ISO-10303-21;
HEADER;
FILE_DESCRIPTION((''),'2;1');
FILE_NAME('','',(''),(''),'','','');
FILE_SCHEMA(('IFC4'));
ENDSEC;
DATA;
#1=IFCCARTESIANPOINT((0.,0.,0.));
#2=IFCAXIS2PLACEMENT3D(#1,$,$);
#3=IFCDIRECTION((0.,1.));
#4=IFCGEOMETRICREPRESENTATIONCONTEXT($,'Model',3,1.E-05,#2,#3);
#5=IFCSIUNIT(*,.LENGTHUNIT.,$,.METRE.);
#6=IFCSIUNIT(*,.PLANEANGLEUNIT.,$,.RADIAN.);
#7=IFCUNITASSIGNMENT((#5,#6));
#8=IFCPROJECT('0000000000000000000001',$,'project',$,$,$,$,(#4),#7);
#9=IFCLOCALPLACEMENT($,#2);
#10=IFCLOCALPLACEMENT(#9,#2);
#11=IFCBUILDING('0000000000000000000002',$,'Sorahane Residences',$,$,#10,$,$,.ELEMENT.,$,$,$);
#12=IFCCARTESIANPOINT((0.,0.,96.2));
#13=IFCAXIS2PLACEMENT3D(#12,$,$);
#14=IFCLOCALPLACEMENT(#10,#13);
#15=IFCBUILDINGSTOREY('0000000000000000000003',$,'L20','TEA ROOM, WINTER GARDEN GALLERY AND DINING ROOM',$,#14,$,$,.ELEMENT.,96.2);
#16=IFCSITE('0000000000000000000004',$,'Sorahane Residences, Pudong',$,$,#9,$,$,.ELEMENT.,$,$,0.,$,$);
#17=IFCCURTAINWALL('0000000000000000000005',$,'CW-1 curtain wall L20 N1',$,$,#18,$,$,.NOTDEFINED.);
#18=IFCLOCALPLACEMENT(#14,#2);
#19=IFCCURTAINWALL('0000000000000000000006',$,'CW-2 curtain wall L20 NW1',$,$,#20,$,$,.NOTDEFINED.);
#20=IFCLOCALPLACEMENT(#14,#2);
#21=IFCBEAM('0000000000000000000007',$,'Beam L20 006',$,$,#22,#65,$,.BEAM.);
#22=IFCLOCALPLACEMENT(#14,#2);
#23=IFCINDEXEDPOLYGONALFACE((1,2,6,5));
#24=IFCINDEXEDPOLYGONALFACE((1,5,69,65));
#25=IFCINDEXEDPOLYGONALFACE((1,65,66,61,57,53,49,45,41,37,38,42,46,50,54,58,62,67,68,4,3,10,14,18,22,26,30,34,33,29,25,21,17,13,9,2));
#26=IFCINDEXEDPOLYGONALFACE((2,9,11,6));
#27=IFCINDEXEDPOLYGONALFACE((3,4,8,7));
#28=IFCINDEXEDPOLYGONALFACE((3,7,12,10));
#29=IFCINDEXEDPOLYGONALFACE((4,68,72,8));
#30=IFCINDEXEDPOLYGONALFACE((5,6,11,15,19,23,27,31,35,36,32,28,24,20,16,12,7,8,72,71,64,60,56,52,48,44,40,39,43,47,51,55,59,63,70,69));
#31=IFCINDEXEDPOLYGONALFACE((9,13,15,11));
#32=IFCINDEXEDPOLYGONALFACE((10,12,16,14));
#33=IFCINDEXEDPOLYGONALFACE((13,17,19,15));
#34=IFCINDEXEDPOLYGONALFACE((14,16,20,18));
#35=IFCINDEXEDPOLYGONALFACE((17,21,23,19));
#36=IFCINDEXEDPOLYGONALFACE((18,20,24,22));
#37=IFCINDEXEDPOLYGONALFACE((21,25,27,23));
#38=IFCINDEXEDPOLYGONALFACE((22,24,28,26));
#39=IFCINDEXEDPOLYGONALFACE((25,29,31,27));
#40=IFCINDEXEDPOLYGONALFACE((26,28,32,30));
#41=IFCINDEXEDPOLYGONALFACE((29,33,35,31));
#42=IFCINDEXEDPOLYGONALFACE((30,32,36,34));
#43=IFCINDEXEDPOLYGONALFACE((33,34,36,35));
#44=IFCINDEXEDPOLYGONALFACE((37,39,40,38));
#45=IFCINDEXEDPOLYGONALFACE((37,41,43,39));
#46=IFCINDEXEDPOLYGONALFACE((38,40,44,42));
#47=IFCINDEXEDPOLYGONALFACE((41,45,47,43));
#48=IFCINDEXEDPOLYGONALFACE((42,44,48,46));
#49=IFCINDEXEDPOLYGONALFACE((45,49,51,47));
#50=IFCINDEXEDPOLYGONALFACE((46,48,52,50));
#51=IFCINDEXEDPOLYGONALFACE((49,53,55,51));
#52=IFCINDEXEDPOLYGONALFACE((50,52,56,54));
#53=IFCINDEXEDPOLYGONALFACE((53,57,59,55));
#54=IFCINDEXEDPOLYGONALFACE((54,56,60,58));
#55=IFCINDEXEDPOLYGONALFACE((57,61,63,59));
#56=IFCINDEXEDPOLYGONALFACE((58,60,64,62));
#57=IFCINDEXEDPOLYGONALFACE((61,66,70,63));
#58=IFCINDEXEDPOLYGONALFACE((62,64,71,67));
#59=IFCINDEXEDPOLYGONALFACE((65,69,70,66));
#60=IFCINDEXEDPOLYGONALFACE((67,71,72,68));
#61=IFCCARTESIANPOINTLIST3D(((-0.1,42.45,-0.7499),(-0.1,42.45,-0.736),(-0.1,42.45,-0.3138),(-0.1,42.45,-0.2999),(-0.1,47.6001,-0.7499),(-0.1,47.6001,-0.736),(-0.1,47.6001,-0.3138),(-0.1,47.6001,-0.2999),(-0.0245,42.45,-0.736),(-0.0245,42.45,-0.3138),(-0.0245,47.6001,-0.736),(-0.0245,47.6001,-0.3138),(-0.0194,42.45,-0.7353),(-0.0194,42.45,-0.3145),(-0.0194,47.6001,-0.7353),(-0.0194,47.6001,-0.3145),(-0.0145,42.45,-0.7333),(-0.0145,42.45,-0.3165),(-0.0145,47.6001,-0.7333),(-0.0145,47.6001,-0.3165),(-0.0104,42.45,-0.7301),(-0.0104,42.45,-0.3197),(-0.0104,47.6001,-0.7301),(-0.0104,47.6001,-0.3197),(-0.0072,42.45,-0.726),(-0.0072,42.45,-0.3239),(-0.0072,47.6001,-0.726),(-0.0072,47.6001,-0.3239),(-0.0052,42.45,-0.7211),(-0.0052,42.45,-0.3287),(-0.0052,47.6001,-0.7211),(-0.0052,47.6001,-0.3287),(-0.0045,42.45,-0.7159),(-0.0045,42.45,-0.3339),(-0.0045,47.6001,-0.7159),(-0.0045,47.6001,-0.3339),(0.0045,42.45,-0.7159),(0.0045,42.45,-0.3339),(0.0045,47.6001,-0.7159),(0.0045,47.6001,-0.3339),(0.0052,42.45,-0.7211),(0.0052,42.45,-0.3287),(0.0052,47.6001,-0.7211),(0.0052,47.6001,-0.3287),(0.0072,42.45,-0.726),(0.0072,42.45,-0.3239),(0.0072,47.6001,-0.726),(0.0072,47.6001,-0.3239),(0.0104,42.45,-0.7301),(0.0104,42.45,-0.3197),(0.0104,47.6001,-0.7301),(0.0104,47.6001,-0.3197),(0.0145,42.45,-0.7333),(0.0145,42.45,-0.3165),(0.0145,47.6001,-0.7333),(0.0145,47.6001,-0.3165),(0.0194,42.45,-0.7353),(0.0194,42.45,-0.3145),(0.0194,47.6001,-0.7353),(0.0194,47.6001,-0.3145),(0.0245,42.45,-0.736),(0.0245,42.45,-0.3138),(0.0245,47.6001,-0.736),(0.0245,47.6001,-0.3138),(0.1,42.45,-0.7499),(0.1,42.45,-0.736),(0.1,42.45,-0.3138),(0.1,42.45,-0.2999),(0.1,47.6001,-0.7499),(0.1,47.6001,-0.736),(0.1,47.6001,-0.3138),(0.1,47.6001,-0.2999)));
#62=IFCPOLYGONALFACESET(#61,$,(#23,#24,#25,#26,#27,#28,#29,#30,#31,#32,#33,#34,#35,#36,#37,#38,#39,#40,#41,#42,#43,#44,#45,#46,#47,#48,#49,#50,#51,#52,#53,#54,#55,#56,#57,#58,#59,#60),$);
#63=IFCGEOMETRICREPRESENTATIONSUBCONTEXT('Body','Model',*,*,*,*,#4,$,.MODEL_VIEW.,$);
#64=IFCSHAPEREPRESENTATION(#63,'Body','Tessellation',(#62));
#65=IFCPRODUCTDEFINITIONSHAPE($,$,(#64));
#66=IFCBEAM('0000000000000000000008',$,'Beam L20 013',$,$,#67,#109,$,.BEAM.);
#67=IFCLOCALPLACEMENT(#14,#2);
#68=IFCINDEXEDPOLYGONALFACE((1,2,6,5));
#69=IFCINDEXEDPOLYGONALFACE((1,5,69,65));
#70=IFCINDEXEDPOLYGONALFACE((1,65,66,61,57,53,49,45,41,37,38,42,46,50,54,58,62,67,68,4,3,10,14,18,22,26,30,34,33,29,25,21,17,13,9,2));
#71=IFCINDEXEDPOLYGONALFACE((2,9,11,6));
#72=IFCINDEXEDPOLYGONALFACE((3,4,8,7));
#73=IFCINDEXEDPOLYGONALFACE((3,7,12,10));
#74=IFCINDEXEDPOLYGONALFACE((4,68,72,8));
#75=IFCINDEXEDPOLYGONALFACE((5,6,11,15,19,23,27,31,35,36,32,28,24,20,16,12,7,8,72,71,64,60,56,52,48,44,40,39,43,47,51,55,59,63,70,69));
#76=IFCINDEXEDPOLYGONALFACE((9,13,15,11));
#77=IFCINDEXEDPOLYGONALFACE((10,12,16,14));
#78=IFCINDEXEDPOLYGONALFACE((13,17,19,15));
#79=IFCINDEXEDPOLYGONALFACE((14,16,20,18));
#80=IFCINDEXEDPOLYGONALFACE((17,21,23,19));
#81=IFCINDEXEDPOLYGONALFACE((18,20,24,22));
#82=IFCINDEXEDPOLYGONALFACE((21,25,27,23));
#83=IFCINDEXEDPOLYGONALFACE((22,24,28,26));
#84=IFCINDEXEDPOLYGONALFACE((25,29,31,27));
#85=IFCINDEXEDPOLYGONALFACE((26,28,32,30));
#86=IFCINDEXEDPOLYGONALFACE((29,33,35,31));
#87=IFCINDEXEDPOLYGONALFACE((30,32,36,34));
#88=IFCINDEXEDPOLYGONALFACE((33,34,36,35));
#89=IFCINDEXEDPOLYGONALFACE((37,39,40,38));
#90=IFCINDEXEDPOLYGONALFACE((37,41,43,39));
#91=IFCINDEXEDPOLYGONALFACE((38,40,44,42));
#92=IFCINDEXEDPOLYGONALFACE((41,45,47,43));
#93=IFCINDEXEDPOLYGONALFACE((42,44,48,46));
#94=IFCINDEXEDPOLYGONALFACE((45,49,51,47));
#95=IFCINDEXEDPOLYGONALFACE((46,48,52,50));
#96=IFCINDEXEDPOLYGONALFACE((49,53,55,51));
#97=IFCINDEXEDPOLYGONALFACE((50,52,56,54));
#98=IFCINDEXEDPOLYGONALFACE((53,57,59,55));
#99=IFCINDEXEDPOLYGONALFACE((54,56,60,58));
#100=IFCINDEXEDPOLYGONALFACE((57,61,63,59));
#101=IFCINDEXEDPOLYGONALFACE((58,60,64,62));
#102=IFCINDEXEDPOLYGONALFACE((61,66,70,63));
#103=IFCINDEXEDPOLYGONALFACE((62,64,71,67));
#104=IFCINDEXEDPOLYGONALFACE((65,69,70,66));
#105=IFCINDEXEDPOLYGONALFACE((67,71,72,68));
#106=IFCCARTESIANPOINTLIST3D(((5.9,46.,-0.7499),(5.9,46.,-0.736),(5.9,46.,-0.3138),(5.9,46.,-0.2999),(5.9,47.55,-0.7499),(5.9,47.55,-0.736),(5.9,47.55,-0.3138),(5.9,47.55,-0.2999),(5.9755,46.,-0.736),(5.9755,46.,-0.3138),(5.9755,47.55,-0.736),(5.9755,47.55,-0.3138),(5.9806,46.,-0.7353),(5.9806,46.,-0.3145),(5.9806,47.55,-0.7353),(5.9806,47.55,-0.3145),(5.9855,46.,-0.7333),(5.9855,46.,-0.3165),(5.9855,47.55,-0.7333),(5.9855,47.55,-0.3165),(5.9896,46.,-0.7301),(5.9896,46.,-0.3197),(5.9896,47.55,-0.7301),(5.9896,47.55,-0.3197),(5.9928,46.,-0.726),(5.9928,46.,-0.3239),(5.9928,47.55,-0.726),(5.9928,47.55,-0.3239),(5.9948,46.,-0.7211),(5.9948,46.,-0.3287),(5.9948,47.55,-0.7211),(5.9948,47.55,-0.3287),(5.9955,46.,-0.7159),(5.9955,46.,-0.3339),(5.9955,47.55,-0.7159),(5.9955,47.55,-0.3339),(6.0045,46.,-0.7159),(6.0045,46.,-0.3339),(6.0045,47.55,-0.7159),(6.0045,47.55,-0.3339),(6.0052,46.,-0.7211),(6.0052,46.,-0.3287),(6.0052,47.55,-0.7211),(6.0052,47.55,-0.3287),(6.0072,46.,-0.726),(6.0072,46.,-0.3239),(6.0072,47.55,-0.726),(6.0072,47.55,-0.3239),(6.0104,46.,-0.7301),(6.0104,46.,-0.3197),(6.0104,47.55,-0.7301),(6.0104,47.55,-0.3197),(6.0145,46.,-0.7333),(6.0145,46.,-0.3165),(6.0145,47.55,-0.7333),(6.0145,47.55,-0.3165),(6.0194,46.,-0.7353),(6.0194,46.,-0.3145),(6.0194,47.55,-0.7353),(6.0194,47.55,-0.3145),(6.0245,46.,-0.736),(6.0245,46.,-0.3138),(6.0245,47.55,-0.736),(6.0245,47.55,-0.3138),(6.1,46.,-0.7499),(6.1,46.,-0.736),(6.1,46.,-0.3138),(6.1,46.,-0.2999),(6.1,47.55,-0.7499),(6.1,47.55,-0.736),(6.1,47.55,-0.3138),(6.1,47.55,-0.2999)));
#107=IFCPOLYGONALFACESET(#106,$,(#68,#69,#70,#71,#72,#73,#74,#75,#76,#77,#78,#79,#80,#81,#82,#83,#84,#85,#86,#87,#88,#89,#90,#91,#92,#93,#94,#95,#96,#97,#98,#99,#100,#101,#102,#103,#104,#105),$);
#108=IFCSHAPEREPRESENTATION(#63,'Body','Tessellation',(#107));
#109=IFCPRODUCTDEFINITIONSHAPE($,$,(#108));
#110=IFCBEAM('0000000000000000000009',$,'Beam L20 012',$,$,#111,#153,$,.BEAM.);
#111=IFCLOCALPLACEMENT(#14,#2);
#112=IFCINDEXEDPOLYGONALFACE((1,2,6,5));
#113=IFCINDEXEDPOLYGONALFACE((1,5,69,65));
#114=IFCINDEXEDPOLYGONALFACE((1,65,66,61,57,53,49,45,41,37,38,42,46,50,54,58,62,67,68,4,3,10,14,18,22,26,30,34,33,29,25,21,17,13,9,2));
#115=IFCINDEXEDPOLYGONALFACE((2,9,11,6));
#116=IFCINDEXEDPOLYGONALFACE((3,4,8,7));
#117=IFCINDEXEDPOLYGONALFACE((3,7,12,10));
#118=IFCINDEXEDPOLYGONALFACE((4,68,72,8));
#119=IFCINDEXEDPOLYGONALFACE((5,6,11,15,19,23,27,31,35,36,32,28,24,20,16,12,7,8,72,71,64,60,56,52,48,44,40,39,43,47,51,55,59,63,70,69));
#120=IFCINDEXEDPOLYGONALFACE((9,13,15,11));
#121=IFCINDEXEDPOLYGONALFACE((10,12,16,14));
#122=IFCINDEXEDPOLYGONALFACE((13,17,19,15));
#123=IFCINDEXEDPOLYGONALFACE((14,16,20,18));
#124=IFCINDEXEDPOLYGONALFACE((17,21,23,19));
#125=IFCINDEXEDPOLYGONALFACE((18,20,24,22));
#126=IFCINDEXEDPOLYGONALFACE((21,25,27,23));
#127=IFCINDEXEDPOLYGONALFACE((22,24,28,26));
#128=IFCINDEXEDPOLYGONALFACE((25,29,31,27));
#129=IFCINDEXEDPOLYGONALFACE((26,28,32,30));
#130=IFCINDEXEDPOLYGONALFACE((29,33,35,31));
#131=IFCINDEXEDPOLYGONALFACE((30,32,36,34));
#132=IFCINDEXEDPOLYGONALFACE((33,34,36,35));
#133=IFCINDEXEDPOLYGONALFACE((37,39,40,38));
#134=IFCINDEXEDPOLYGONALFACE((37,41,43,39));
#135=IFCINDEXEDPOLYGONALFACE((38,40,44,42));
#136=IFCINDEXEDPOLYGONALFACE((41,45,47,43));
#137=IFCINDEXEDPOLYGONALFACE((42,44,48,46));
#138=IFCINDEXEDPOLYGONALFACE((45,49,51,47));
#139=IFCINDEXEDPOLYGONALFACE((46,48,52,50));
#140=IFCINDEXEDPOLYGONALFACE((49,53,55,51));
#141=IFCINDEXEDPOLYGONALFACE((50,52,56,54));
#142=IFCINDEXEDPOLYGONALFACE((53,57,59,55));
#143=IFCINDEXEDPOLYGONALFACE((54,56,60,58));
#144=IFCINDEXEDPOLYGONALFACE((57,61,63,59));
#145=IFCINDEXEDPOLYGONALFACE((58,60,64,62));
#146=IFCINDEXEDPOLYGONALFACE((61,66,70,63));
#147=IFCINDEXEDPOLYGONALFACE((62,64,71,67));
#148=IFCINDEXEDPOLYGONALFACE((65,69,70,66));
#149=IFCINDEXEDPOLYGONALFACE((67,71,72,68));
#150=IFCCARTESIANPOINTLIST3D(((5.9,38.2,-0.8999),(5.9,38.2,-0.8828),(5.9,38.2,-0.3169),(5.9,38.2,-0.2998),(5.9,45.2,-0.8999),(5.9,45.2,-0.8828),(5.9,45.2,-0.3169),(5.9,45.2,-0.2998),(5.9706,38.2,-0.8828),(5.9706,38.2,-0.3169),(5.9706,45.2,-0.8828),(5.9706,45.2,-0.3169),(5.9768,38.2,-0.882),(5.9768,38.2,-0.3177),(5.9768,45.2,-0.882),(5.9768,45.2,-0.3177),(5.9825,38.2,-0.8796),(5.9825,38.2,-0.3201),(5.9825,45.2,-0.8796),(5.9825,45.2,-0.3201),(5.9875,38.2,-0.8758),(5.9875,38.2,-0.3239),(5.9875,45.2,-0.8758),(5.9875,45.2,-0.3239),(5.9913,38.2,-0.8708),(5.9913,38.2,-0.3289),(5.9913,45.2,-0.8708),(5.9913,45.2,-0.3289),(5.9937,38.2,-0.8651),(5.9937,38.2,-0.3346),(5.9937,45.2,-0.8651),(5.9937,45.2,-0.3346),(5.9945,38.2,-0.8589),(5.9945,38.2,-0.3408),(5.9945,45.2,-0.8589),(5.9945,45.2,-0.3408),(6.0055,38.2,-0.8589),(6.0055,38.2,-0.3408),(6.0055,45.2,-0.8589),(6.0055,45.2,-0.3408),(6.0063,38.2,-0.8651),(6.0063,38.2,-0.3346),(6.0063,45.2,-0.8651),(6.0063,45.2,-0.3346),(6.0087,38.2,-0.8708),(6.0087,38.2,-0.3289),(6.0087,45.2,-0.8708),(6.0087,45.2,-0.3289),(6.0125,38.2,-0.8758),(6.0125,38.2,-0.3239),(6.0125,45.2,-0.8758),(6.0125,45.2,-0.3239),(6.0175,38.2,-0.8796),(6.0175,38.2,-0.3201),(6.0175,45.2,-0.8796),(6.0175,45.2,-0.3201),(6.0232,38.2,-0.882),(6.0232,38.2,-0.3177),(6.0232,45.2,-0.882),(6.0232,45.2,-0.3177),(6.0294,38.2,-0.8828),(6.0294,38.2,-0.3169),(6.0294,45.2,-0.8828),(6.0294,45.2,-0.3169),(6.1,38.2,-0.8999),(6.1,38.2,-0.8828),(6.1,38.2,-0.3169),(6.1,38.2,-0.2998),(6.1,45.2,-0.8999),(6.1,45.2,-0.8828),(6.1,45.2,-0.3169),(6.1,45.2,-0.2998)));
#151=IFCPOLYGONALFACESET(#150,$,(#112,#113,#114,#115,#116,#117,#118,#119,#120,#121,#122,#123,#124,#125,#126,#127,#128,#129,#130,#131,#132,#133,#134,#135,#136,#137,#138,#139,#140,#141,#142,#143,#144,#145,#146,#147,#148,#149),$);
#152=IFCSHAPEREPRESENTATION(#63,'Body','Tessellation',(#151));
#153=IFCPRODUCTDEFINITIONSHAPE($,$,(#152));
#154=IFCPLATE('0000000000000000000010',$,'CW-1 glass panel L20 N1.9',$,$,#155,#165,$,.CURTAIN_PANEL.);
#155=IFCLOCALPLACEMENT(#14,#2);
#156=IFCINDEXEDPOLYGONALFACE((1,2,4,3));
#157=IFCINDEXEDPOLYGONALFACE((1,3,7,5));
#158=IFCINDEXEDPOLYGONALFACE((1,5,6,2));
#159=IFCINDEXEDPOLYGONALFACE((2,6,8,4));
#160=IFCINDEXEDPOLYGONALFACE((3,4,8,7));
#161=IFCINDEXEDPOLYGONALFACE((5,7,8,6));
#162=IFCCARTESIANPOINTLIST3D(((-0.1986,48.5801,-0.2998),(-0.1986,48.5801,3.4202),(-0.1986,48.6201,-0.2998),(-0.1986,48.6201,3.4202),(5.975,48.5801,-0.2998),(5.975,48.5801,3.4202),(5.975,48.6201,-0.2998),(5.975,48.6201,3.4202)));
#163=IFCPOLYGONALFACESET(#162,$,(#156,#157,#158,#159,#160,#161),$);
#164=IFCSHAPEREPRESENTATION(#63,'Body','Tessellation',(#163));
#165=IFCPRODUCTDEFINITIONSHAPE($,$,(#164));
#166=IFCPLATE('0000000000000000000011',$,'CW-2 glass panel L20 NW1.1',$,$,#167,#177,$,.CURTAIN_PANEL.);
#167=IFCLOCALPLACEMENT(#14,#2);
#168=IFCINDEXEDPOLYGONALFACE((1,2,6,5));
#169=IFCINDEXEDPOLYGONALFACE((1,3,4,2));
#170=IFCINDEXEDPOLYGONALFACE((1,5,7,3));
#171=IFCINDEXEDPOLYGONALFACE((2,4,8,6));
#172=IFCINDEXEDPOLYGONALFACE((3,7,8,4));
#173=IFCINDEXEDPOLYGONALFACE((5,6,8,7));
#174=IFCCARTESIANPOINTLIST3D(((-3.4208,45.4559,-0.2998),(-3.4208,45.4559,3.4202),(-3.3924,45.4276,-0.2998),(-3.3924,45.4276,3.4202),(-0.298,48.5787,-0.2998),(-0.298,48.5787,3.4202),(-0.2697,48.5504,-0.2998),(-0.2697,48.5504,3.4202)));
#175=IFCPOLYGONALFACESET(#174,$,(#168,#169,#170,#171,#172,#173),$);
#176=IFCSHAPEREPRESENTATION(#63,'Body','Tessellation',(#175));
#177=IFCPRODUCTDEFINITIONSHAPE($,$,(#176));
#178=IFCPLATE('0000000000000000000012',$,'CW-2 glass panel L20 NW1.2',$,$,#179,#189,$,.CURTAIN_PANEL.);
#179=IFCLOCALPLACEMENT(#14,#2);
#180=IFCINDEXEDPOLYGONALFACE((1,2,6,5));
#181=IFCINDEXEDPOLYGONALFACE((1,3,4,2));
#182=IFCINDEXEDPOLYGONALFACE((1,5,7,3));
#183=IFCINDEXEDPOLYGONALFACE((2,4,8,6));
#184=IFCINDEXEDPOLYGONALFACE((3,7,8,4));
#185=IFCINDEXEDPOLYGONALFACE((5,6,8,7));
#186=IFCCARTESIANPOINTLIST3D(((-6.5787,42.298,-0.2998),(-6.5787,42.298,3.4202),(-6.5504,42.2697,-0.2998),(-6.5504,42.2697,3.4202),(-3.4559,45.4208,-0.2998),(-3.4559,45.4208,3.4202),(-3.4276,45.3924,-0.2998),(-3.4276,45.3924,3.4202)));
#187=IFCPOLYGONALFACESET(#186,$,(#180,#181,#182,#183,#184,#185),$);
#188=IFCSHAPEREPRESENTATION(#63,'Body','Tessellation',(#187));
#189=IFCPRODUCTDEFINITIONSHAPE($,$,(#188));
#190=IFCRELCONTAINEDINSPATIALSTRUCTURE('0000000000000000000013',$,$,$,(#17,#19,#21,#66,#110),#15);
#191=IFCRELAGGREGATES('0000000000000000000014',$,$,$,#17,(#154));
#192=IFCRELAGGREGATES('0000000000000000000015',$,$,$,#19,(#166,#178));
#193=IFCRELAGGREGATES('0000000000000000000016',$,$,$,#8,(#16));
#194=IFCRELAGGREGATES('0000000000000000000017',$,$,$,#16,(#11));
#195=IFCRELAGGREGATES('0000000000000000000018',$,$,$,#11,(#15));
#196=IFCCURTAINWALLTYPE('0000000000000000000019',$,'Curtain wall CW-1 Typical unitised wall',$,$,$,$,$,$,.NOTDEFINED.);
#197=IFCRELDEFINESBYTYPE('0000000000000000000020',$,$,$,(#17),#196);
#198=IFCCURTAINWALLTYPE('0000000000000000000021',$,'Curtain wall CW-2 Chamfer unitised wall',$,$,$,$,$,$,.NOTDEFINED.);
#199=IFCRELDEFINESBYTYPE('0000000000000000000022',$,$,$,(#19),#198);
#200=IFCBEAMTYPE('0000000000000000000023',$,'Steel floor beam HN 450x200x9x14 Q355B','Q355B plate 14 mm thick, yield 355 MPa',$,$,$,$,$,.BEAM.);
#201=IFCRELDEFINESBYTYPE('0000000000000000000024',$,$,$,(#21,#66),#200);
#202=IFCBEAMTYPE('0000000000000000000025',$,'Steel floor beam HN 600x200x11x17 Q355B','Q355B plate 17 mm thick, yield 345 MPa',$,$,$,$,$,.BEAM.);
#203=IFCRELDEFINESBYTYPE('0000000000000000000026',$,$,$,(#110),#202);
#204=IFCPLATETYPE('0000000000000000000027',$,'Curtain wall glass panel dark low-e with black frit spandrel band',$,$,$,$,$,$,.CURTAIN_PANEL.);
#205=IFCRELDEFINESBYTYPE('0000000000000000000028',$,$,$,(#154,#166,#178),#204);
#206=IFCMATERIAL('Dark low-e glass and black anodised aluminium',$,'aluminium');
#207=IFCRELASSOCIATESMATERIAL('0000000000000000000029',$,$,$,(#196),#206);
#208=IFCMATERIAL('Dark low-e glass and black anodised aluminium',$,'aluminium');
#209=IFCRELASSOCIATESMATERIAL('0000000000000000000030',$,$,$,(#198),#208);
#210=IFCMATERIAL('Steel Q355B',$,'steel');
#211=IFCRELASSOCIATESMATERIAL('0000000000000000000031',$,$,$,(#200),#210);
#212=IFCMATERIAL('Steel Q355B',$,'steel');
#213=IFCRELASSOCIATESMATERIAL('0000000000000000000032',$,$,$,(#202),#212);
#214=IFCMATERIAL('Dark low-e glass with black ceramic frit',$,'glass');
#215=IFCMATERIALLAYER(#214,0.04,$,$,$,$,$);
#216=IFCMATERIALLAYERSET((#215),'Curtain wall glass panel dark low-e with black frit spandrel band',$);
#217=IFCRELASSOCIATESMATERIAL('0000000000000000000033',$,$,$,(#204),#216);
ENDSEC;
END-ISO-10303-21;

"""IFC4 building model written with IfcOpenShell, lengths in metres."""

from ifc_helpers import new_model, si_unit, direction, frame, origin, origin_2d, place, context, subcontext, project, spatial, rectangle, i_section, extrude, material, layer, layer_set, material_profile, profile_set, type_object, element, aggregate, save


model = new_model("IFC4")

# Units and contexts
model_context = context("Model", 3, precision=1e-05, world=origin(), true_north=direction((0.0, 1.0)))
body_context = subcontext(model_context, "Body", "Model", "MODEL_VIEW")
ifc_project = project(units=[si_unit("LENGTHUNIT", "METRE"), si_unit("PLANEANGLEUNIT", "RADIAN")], contexts=[model_context])

# Site, building, storey
site_placement = place(None, origin())
site = spatial("IfcSite", under=ifc_project, at=site_placement, Name="Sorahane Residences, Pudong", CompositionType="ELEMENT", RefElevation=0.0)
building_placement = place(site_placement, origin())
building = spatial("IfcBuilding", under=site, at=building_placement, Name="Sorahane Residences", CompositionType="ELEMENT")
storey_placement = place(building_placement, frame((0.0, 0.0, 96.2)))
storey = spatial("IfcBuildingStorey", under=building, at=storey_placement, Name="L20", Description="TEA ROOM, WINTER GARDEN GALLERY AND DINING ROOM", CompositionType="ELEMENT", Elevation=96.2)

# Curtain walls
ifc_material_1 = material(Name="Dark low-e glass and black anodised aluminium", Category="aluminium")
curtain_wall_type_1 = type_object("IfcCurtainWallType", Name="Curtain wall CW-1 Typical unitised wall", PredefinedType="NOTDEFINED", material=ifc_material_1)
curtain_wall_1_placement = place(storey_placement, origin())
curtain_wall_1 = element("IfcCurtainWall", 1, at=curtain_wall_1_placement, inside=storey, type_object=curtain_wall_type_1, Name="CW-1 curtain wall L20 N1", PredefinedType="NOTDEFINED")
ifc_material_2 = material(Name="Dark low-e glass and black anodised aluminium", Category="aluminium")
curtain_wall_type_2 = type_object("IfcCurtainWallType", Name="Curtain wall CW-2 Chamfer unitised wall", PredefinedType="NOTDEFINED", material=ifc_material_2)
curtain_wall_2_placement = place(storey_placement, origin())
curtain_wall_2 = element("IfcCurtainWall", 2, at=curtain_wall_2_placement, inside=storey, type_object=curtain_wall_type_2, Name="CW-2 curtain wall L20 NW1", PredefinedType="NOTDEFINED")

# Beams
ifc_material_3 = material(Name="Steel Q355B", Category="steel")
ifc_material_profile_1 = material_profile(ifc_material_3, i_section(OverallWidth=0.2, OverallDepth=0.45, WebThickness=0.009, FlangeThickness=0.0139, FilletRadius=0.02, at=origin_2d()), Name="HN 450x200x9x14")
ifc_profile_set_1 = profile_set([ifc_material_profile_1], Name="Steel Q355B")
beam_type_1 = type_object("IfcBeamType", Name="Steel floor beam HN 450x200x9x14 Q355B", Description="Q355B plate 14 mm thick, yield 355 MPa", PredefinedType="BEAM", material=ifc_profile_set_1)
beam_1_placement = place(storey_placement, frame((0.0, 42.45, -0.5249), z_axis=(0.0, 1.0, 0.0), x_axis=(-1.0, 0.0, 0.0)))
element("IfcBeam", 3, at=beam_1_placement, inside=storey, type_object=beam_type_1, Name="Beam L20 006", PredefinedType="BEAM", context=body_context, shape_type="SweptSolid", body=[
    extrude(i_section(OverallWidth=0.2, OverallDepth=0.45, WebThickness=0.009, FlangeThickness=0.0139, FilletRadius=0.02, at=origin_2d()), origin(), (0.0, 0.0, 1.0), 5.1501),
])
beam_2_placement = place(storey_placement, frame((6.0, 46.0, -0.5249), z_axis=(0.0, 1.0, 0.0), x_axis=(-1.0, 0.0, 0.0)))
element("IfcBeam", 4, at=beam_2_placement, inside=storey, type_object=beam_type_1, Name="Beam L20 013", PredefinedType="BEAM", context=body_context, shape_type="SweptSolid", body=[
    extrude(i_section(OverallWidth=0.2, OverallDepth=0.45, WebThickness=0.009, FlangeThickness=0.0139, FilletRadius=0.02, at=origin_2d()), origin(), (0.0, 0.0, 1.0), 1.55),
])
ifc_material_4 = material(Name="Steel Q355B", Category="steel")
ifc_material_profile_2 = material_profile(ifc_material_4, i_section(OverallWidth=0.2, OverallDepth=0.6001, WebThickness=0.011, FlangeThickness=0.0171, FilletRadius=0.0239, at=origin_2d()), Name="HN 600x200x11x17")
ifc_profile_set_2 = profile_set([ifc_material_profile_2], Name="Steel Q355B")
beam_type_2 = type_object("IfcBeamType", Name="Steel floor beam HN 600x200x11x17 Q355B", Description="Q355B plate 17 mm thick, yield 345 MPa", PredefinedType="BEAM", material=ifc_profile_set_2)
beam_3_placement = place(storey_placement, frame((6.0, 38.2, -0.5999), z_axis=(0.0, 1.0, 0.0), x_axis=(-1.0, 0.0, 0.0)))
element("IfcBeam", 5, at=beam_3_placement, inside=storey, type_object=beam_type_2, Name="Beam L20 012", PredefinedType="BEAM", context=body_context, shape_type="SweptSolid", body=[
    extrude(i_section(OverallWidth=0.2, OverallDepth=0.6001, WebThickness=0.011, FlangeThickness=0.0171, FilletRadius=0.0239, at=origin_2d()), origin(), (0.0, 0.0, 1.0), 7.0),
])

# Plates
ifc_material_5 = material(Name="Dark low-e glass with black ceramic frit", Category="glass")
ifc_layer_1 = layer(ifc_material_5, 0.04)
ifc_layer_set_1 = layer_set([ifc_layer_1], Name="Curtain wall glass panel dark low-e with black frit spandrel band")
plate_type = type_object("IfcPlateType", Name="Curtain wall glass panel dark low-e with black frit spandrel band", PredefinedType="CURTAIN_PANEL", material=ifc_layer_set_1)
plate_1_placement = place(storey_placement, frame((2.8882, 48.6001, -0.2998), z_axis=(0.0, 0.0, 1.0), x_axis=(-1.0, 0.0, 0.0)))
plate_1 = element("IfcPlate", 6, at=plate_1_placement, type_object=plate_type, Name="CW-1 glass panel L20 N1.9", PredefinedType="CURTAIN_PANEL", context=body_context, shape_type="SweptSolid", body=[
    extrude(rectangle(XDim=6.1736, YDim=0.04, at=origin_2d()), origin(), (0.0, 0.0, 1.0), 3.72),
])
aggregate(curtain_wall_1, [plate_1])
plate_2_placement = place(storey_placement, frame((-1.8452, 47.0032, -0.2998), z_axis=(0.0, 0.0, 1.0), x_axis=(-0.707107, -0.707107, 0.0)))
plate_2 = element("IfcPlate", 7, at=plate_2_placement, type_object=plate_type, Name="CW-2 glass panel L20 NW1.1", PredefinedType="CURTAIN_PANEL", context=body_context, shape_type="SweptSolid", body=[
    extrude(rectangle(XDim=4.4163, YDim=0.04, at=origin_2d()), origin(), (0.0, 0.0, 1.0), 3.72),
])
plate_3_placement = place(storey_placement, frame((-5.0032, 43.8452, -0.2998), z_axis=(0.0, 0.0, 1.0), x_axis=(-0.707107, -0.707107, 0.0)))
plate_3 = element("IfcPlate", 8, at=plate_3_placement, type_object=plate_type, Name="CW-2 glass panel L20 NW1.2", PredefinedType="CURTAIN_PANEL", context=body_context, shape_type="SweptSolid", body=[
    extrude(rectangle(XDim=4.4163, YDim=0.04, at=origin_2d()), origin(), (0.0, 0.0, 1.0), 3.72),
])
aggregate(curtain_wall_2, [plate_2, plate_3])

save(model, "model.ifc")
